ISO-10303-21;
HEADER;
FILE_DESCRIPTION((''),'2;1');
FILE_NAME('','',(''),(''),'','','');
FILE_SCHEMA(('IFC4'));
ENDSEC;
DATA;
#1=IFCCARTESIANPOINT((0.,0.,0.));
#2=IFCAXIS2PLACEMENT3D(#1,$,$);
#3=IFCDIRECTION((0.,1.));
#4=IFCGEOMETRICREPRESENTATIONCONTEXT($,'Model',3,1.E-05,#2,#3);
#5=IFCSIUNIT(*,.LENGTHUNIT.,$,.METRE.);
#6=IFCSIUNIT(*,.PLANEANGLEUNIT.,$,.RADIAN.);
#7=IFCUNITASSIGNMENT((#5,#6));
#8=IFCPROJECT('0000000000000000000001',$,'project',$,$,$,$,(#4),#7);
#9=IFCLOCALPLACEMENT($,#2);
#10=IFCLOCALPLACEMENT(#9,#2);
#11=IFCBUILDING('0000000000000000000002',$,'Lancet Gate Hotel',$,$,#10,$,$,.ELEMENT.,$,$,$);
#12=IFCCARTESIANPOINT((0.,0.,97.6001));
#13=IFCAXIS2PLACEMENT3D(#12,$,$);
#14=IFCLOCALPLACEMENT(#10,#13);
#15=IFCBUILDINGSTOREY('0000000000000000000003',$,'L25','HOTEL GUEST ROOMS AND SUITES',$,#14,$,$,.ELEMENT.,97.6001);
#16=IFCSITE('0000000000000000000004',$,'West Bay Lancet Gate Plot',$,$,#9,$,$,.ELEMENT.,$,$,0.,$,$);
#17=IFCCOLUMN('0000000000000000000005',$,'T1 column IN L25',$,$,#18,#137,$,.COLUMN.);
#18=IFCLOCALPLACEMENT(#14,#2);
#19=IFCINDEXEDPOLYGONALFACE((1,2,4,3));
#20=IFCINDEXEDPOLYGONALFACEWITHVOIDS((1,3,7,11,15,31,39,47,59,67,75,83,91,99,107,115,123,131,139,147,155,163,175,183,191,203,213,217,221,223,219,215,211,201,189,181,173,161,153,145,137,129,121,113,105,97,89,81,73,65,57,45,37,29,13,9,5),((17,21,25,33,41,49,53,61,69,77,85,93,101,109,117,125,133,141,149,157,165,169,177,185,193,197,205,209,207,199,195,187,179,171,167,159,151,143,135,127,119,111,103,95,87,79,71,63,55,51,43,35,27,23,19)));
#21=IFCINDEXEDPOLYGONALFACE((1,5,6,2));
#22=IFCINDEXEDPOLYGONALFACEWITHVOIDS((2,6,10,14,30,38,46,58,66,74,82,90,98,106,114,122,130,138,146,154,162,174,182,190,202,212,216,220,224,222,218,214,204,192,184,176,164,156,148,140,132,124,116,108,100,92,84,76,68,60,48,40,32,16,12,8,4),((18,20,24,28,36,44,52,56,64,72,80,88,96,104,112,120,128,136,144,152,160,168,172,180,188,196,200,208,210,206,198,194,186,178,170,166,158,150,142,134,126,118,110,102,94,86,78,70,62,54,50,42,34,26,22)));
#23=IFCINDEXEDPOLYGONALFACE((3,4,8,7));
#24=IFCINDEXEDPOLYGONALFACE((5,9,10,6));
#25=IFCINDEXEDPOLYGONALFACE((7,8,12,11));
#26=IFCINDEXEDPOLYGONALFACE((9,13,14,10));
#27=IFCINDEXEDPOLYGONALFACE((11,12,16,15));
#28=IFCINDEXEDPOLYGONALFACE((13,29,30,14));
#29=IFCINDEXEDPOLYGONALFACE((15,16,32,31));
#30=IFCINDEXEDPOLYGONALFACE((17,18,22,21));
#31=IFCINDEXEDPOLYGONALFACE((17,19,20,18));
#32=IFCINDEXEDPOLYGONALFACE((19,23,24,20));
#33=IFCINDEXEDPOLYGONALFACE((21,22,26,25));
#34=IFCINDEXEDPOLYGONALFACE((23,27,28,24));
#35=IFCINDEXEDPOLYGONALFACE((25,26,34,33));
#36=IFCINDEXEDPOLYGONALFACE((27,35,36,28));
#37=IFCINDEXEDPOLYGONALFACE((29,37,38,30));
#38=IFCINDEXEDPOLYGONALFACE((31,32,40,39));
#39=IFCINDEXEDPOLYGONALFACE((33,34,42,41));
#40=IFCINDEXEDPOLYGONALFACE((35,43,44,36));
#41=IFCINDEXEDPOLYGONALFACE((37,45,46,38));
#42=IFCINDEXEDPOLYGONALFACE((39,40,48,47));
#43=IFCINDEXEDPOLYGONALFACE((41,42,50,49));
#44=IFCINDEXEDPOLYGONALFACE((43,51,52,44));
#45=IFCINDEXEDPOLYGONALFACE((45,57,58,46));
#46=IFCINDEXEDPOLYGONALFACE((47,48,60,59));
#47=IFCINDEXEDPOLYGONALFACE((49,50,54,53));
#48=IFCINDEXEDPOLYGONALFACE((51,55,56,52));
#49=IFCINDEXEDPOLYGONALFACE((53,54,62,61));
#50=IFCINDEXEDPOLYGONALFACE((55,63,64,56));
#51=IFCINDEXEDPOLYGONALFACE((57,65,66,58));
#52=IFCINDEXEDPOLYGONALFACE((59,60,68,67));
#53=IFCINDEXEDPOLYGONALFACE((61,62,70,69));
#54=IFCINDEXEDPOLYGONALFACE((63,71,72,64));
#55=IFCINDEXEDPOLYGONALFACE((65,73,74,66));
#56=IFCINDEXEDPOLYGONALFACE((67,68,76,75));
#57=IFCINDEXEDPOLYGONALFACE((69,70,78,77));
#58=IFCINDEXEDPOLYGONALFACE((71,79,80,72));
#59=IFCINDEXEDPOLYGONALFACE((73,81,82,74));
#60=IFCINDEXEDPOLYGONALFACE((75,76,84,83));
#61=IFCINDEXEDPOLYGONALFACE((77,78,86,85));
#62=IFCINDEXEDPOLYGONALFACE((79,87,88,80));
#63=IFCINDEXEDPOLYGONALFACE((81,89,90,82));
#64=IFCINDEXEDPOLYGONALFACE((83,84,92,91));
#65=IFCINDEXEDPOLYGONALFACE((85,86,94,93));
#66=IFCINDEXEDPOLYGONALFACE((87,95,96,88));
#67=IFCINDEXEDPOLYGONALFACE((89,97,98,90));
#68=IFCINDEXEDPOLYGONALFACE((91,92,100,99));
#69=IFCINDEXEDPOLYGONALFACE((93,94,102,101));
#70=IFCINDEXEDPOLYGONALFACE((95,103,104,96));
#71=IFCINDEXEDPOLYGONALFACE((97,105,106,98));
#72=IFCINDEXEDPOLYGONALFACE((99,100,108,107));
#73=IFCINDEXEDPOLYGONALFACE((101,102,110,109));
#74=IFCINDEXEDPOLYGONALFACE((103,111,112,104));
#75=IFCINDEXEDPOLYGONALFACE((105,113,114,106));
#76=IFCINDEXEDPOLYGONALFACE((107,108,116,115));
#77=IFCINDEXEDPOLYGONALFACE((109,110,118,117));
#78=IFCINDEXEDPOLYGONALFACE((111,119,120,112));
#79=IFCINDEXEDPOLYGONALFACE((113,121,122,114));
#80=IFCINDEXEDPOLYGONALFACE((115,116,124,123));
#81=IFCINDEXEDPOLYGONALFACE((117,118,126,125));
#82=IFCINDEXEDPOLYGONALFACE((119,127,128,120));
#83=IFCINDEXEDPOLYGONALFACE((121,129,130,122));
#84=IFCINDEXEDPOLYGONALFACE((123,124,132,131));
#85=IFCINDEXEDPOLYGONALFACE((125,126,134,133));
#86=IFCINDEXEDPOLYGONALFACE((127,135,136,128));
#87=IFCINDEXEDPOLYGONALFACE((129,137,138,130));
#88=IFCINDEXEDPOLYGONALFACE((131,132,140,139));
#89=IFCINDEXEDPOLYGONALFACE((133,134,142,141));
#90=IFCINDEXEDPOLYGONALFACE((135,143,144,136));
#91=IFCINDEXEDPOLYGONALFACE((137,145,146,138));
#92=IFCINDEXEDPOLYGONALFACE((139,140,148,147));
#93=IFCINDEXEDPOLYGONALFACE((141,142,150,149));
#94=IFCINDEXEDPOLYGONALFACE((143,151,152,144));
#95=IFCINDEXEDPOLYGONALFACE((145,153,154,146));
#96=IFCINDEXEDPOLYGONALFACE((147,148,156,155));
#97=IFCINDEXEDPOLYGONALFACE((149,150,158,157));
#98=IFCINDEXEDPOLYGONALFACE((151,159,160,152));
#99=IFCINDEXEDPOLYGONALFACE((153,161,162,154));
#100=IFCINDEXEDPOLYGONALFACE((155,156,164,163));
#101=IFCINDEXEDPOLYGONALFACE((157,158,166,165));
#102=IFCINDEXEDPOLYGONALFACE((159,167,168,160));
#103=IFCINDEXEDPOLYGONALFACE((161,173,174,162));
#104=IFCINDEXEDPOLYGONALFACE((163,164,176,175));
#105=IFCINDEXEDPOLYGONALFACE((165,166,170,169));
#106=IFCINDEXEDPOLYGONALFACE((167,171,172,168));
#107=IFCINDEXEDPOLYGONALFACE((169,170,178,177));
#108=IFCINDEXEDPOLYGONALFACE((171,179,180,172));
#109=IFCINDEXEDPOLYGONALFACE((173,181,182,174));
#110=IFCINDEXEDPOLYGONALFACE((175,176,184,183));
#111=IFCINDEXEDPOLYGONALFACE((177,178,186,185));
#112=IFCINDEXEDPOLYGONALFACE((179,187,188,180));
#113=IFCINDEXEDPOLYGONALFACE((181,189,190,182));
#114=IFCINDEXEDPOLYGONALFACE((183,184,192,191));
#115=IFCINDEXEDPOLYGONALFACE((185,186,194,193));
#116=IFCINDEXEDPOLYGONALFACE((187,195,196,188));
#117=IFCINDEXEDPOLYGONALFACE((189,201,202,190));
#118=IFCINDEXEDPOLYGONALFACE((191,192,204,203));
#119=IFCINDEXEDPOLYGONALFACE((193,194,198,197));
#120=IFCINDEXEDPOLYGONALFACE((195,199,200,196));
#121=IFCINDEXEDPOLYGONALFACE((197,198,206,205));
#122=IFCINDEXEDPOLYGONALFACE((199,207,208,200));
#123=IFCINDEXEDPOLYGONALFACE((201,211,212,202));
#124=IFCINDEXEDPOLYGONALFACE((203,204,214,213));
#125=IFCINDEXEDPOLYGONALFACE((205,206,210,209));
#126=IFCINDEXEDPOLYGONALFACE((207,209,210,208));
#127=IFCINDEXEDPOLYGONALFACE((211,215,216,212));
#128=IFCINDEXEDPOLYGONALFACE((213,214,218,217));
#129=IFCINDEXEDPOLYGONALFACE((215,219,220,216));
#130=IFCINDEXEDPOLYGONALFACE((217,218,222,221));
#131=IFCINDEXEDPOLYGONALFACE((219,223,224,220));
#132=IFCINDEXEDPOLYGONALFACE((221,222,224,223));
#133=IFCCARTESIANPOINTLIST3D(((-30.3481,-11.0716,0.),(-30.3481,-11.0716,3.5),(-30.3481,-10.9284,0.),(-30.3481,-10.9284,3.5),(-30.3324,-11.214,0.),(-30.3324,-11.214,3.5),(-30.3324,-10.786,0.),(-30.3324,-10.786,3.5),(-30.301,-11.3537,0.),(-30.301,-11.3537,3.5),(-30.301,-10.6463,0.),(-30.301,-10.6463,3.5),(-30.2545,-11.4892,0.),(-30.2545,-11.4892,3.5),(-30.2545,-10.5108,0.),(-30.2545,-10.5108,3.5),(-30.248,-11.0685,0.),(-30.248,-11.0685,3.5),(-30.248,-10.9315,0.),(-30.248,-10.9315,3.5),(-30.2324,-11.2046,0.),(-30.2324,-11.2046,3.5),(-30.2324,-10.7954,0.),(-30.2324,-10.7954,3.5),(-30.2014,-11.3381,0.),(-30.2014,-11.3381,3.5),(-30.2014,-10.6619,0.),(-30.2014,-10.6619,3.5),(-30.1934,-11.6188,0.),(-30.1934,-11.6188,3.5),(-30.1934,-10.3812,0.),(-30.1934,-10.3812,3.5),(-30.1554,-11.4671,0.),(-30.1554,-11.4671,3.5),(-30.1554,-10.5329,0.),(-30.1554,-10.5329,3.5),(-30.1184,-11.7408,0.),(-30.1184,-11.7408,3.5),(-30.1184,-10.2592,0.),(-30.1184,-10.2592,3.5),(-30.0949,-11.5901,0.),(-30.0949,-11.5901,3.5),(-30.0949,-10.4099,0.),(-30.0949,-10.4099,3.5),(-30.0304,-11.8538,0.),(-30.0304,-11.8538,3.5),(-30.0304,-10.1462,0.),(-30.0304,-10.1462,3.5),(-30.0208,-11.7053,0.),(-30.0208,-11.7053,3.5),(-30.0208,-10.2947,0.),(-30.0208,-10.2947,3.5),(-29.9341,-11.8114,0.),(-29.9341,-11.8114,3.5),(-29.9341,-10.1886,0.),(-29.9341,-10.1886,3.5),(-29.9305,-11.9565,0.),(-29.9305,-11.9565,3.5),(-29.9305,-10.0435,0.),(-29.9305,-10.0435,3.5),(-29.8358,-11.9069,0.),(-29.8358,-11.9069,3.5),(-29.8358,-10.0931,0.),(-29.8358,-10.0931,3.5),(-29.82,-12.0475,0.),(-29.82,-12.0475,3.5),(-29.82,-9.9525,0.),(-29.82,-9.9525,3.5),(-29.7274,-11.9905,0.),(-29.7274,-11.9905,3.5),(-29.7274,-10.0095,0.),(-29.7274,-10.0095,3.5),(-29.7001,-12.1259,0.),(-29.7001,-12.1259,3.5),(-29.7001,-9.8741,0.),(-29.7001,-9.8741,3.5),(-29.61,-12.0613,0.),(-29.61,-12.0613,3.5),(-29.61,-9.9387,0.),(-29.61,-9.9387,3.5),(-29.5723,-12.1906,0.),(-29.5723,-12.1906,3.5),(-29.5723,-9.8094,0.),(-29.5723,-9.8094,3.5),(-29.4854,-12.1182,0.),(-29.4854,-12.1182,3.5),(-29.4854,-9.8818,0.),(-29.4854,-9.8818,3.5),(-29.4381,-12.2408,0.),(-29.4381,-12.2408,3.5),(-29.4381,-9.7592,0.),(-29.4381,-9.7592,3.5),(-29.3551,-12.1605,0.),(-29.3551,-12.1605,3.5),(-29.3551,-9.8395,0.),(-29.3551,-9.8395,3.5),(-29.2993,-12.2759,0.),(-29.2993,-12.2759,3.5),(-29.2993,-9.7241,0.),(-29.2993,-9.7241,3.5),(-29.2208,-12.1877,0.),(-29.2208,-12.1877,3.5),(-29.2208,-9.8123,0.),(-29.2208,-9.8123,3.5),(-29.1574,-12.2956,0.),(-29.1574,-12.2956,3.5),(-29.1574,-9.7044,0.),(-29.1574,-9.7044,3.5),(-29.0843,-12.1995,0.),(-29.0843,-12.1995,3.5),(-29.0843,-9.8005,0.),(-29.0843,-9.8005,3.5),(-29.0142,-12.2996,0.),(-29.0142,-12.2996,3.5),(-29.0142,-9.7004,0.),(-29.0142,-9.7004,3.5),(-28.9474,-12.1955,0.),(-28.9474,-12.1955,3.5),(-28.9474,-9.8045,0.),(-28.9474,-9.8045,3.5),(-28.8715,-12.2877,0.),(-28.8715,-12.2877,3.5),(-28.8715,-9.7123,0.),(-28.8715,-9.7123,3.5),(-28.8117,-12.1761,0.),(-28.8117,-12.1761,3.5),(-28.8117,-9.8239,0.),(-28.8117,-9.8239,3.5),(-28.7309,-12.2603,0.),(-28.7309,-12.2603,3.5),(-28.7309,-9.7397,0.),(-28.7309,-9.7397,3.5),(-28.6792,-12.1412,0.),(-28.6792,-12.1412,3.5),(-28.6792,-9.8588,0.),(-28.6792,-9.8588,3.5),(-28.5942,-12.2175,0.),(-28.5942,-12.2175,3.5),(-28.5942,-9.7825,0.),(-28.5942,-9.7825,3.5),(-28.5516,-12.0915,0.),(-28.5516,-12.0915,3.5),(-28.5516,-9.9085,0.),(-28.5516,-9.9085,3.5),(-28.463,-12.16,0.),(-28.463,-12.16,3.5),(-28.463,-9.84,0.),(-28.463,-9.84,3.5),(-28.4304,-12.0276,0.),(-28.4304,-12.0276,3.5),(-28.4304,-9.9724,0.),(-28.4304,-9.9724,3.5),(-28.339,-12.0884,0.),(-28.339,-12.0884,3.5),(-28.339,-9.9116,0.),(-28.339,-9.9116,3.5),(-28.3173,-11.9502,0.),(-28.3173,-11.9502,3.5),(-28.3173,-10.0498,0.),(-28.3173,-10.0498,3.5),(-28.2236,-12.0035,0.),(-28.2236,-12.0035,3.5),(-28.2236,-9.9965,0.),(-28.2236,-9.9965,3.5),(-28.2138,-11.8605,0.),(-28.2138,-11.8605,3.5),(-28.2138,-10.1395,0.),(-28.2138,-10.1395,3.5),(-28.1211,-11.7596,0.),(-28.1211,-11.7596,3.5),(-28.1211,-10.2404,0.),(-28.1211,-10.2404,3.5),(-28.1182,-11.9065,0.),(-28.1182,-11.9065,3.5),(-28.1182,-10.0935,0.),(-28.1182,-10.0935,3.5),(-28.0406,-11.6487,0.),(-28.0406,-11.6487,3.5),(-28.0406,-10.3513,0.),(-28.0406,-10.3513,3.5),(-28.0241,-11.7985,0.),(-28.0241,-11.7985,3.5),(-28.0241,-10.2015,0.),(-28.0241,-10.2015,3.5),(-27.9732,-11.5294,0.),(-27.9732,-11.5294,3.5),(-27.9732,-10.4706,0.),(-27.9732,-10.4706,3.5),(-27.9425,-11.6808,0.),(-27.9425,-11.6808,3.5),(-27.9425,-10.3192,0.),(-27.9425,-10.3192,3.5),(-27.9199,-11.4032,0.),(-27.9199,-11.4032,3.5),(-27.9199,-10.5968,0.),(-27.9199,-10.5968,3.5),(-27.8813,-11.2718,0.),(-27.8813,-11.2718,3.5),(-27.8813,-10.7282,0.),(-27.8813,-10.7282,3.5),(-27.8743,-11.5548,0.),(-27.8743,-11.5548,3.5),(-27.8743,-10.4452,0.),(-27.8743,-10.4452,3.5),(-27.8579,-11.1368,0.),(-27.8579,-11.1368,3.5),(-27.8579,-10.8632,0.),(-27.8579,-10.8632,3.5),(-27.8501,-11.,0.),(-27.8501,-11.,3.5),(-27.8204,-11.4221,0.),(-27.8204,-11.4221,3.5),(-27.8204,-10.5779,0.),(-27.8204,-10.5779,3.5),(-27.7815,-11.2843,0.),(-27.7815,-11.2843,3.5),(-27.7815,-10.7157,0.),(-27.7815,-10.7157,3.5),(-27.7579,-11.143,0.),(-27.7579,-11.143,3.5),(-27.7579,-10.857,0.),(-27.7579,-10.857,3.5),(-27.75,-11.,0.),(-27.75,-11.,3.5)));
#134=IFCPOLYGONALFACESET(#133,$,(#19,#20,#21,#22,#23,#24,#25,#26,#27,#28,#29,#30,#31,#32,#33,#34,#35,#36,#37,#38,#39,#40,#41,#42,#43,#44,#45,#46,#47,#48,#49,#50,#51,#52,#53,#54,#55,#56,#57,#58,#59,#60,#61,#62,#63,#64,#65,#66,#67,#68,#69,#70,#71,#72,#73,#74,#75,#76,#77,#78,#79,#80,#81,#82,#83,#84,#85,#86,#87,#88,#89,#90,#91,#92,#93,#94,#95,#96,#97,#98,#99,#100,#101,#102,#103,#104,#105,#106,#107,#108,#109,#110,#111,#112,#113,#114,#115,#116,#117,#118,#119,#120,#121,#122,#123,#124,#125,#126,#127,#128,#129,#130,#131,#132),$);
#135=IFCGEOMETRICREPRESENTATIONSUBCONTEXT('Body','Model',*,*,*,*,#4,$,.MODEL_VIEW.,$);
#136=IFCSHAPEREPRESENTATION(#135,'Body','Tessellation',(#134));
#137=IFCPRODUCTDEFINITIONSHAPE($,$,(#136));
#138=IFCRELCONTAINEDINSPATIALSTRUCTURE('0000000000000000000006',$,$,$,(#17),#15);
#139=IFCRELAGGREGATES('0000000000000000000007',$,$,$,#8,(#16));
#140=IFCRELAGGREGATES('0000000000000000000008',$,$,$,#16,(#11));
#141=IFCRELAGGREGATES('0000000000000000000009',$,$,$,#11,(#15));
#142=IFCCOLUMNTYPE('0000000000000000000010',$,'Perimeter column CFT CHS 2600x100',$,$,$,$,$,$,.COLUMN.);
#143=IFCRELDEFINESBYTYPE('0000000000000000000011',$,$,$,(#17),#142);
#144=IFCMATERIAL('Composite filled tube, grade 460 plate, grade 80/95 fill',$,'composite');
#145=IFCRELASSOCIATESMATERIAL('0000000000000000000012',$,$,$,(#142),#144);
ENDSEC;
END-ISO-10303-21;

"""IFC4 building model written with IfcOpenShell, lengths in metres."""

from ifc_helpers import new_model, si_unit, direction, frame, origin, origin_2d, place, context, subcontext, project, spatial, hollow_circle, extrude, material, material_profile, profile_set, type_object, element, save


model = new_model("IFC4")

# Units and contexts
model_context = context("Model", 3, precision=1e-05, world=origin(), true_north=direction((0.0, 1.0)))
body_context = subcontext(model_context, "Body", "Model", "MODEL_VIEW")
ifc_project = project(units=[si_unit("LENGTHUNIT", "METRE"), si_unit("PLANEANGLEUNIT", "RADIAN")], contexts=[model_context])

# Site, building, storey
site_placement = place(None, origin())
site = spatial("IfcSite", under=ifc_project, at=site_placement, Name="West Bay Lancet Gate Plot", CompositionType="ELEMENT", RefElevation=0.0)
building_placement = place(site_placement, origin())
building = spatial("IfcBuilding", under=site, at=building_placement, Name="Lancet Gate Hotel", CompositionType="ELEMENT")
storey_placement = place(building_placement, frame((0.0, 0.0, 97.6001)))
storey = spatial("IfcBuildingStorey", under=building, at=storey_placement, Name="L25", Description="HOTEL GUEST ROOMS AND SUITES", CompositionType="ELEMENT", Elevation=97.6001)

# Column
ifc_material_1 = material(Name="Composite filled tube, grade 460 plate, grade 80/95 fill", Category="composite")
ifc_material_profile_1 = material_profile(ifc_material_1, hollow_circle(Radius=1.3, WallThickness=0.1001, at=origin_2d()), Name="CHS 2600x100")
ifc_profile_set_1 = profile_set([ifc_material_profile_1], Name="Composite filled tube, grade 460 plate, grade 80/95 fill")
column_type = type_object("IfcColumnType", Name="Perimeter column CFT CHS 2600x100", PredefinedType="COLUMN", material=ifc_profile_set_1)
for number, where, z_axis, x_axis, name in (
    (1, (-29.05, -11.0, 0.0), (0.0, 0.0, 1.0), (1.0, 0.0, 0.0), "T1 column IN L25"),
):
    element("IfcColumn", number, at=place(storey_placement, frame(where, z_axis=z_axis, x_axis=x_axis)), inside=storey, type_object=column_type, Name=name, PredefinedType="COLUMN", context=body_context, shape_type="SweptSolid", body=[
        extrude(hollow_circle(Radius=1.3, WallThickness=0.1001, at=origin_2d()), origin(), (0.0, 0.0, 1.0), 3.5),
    ])

save(model, "model.ifc")
